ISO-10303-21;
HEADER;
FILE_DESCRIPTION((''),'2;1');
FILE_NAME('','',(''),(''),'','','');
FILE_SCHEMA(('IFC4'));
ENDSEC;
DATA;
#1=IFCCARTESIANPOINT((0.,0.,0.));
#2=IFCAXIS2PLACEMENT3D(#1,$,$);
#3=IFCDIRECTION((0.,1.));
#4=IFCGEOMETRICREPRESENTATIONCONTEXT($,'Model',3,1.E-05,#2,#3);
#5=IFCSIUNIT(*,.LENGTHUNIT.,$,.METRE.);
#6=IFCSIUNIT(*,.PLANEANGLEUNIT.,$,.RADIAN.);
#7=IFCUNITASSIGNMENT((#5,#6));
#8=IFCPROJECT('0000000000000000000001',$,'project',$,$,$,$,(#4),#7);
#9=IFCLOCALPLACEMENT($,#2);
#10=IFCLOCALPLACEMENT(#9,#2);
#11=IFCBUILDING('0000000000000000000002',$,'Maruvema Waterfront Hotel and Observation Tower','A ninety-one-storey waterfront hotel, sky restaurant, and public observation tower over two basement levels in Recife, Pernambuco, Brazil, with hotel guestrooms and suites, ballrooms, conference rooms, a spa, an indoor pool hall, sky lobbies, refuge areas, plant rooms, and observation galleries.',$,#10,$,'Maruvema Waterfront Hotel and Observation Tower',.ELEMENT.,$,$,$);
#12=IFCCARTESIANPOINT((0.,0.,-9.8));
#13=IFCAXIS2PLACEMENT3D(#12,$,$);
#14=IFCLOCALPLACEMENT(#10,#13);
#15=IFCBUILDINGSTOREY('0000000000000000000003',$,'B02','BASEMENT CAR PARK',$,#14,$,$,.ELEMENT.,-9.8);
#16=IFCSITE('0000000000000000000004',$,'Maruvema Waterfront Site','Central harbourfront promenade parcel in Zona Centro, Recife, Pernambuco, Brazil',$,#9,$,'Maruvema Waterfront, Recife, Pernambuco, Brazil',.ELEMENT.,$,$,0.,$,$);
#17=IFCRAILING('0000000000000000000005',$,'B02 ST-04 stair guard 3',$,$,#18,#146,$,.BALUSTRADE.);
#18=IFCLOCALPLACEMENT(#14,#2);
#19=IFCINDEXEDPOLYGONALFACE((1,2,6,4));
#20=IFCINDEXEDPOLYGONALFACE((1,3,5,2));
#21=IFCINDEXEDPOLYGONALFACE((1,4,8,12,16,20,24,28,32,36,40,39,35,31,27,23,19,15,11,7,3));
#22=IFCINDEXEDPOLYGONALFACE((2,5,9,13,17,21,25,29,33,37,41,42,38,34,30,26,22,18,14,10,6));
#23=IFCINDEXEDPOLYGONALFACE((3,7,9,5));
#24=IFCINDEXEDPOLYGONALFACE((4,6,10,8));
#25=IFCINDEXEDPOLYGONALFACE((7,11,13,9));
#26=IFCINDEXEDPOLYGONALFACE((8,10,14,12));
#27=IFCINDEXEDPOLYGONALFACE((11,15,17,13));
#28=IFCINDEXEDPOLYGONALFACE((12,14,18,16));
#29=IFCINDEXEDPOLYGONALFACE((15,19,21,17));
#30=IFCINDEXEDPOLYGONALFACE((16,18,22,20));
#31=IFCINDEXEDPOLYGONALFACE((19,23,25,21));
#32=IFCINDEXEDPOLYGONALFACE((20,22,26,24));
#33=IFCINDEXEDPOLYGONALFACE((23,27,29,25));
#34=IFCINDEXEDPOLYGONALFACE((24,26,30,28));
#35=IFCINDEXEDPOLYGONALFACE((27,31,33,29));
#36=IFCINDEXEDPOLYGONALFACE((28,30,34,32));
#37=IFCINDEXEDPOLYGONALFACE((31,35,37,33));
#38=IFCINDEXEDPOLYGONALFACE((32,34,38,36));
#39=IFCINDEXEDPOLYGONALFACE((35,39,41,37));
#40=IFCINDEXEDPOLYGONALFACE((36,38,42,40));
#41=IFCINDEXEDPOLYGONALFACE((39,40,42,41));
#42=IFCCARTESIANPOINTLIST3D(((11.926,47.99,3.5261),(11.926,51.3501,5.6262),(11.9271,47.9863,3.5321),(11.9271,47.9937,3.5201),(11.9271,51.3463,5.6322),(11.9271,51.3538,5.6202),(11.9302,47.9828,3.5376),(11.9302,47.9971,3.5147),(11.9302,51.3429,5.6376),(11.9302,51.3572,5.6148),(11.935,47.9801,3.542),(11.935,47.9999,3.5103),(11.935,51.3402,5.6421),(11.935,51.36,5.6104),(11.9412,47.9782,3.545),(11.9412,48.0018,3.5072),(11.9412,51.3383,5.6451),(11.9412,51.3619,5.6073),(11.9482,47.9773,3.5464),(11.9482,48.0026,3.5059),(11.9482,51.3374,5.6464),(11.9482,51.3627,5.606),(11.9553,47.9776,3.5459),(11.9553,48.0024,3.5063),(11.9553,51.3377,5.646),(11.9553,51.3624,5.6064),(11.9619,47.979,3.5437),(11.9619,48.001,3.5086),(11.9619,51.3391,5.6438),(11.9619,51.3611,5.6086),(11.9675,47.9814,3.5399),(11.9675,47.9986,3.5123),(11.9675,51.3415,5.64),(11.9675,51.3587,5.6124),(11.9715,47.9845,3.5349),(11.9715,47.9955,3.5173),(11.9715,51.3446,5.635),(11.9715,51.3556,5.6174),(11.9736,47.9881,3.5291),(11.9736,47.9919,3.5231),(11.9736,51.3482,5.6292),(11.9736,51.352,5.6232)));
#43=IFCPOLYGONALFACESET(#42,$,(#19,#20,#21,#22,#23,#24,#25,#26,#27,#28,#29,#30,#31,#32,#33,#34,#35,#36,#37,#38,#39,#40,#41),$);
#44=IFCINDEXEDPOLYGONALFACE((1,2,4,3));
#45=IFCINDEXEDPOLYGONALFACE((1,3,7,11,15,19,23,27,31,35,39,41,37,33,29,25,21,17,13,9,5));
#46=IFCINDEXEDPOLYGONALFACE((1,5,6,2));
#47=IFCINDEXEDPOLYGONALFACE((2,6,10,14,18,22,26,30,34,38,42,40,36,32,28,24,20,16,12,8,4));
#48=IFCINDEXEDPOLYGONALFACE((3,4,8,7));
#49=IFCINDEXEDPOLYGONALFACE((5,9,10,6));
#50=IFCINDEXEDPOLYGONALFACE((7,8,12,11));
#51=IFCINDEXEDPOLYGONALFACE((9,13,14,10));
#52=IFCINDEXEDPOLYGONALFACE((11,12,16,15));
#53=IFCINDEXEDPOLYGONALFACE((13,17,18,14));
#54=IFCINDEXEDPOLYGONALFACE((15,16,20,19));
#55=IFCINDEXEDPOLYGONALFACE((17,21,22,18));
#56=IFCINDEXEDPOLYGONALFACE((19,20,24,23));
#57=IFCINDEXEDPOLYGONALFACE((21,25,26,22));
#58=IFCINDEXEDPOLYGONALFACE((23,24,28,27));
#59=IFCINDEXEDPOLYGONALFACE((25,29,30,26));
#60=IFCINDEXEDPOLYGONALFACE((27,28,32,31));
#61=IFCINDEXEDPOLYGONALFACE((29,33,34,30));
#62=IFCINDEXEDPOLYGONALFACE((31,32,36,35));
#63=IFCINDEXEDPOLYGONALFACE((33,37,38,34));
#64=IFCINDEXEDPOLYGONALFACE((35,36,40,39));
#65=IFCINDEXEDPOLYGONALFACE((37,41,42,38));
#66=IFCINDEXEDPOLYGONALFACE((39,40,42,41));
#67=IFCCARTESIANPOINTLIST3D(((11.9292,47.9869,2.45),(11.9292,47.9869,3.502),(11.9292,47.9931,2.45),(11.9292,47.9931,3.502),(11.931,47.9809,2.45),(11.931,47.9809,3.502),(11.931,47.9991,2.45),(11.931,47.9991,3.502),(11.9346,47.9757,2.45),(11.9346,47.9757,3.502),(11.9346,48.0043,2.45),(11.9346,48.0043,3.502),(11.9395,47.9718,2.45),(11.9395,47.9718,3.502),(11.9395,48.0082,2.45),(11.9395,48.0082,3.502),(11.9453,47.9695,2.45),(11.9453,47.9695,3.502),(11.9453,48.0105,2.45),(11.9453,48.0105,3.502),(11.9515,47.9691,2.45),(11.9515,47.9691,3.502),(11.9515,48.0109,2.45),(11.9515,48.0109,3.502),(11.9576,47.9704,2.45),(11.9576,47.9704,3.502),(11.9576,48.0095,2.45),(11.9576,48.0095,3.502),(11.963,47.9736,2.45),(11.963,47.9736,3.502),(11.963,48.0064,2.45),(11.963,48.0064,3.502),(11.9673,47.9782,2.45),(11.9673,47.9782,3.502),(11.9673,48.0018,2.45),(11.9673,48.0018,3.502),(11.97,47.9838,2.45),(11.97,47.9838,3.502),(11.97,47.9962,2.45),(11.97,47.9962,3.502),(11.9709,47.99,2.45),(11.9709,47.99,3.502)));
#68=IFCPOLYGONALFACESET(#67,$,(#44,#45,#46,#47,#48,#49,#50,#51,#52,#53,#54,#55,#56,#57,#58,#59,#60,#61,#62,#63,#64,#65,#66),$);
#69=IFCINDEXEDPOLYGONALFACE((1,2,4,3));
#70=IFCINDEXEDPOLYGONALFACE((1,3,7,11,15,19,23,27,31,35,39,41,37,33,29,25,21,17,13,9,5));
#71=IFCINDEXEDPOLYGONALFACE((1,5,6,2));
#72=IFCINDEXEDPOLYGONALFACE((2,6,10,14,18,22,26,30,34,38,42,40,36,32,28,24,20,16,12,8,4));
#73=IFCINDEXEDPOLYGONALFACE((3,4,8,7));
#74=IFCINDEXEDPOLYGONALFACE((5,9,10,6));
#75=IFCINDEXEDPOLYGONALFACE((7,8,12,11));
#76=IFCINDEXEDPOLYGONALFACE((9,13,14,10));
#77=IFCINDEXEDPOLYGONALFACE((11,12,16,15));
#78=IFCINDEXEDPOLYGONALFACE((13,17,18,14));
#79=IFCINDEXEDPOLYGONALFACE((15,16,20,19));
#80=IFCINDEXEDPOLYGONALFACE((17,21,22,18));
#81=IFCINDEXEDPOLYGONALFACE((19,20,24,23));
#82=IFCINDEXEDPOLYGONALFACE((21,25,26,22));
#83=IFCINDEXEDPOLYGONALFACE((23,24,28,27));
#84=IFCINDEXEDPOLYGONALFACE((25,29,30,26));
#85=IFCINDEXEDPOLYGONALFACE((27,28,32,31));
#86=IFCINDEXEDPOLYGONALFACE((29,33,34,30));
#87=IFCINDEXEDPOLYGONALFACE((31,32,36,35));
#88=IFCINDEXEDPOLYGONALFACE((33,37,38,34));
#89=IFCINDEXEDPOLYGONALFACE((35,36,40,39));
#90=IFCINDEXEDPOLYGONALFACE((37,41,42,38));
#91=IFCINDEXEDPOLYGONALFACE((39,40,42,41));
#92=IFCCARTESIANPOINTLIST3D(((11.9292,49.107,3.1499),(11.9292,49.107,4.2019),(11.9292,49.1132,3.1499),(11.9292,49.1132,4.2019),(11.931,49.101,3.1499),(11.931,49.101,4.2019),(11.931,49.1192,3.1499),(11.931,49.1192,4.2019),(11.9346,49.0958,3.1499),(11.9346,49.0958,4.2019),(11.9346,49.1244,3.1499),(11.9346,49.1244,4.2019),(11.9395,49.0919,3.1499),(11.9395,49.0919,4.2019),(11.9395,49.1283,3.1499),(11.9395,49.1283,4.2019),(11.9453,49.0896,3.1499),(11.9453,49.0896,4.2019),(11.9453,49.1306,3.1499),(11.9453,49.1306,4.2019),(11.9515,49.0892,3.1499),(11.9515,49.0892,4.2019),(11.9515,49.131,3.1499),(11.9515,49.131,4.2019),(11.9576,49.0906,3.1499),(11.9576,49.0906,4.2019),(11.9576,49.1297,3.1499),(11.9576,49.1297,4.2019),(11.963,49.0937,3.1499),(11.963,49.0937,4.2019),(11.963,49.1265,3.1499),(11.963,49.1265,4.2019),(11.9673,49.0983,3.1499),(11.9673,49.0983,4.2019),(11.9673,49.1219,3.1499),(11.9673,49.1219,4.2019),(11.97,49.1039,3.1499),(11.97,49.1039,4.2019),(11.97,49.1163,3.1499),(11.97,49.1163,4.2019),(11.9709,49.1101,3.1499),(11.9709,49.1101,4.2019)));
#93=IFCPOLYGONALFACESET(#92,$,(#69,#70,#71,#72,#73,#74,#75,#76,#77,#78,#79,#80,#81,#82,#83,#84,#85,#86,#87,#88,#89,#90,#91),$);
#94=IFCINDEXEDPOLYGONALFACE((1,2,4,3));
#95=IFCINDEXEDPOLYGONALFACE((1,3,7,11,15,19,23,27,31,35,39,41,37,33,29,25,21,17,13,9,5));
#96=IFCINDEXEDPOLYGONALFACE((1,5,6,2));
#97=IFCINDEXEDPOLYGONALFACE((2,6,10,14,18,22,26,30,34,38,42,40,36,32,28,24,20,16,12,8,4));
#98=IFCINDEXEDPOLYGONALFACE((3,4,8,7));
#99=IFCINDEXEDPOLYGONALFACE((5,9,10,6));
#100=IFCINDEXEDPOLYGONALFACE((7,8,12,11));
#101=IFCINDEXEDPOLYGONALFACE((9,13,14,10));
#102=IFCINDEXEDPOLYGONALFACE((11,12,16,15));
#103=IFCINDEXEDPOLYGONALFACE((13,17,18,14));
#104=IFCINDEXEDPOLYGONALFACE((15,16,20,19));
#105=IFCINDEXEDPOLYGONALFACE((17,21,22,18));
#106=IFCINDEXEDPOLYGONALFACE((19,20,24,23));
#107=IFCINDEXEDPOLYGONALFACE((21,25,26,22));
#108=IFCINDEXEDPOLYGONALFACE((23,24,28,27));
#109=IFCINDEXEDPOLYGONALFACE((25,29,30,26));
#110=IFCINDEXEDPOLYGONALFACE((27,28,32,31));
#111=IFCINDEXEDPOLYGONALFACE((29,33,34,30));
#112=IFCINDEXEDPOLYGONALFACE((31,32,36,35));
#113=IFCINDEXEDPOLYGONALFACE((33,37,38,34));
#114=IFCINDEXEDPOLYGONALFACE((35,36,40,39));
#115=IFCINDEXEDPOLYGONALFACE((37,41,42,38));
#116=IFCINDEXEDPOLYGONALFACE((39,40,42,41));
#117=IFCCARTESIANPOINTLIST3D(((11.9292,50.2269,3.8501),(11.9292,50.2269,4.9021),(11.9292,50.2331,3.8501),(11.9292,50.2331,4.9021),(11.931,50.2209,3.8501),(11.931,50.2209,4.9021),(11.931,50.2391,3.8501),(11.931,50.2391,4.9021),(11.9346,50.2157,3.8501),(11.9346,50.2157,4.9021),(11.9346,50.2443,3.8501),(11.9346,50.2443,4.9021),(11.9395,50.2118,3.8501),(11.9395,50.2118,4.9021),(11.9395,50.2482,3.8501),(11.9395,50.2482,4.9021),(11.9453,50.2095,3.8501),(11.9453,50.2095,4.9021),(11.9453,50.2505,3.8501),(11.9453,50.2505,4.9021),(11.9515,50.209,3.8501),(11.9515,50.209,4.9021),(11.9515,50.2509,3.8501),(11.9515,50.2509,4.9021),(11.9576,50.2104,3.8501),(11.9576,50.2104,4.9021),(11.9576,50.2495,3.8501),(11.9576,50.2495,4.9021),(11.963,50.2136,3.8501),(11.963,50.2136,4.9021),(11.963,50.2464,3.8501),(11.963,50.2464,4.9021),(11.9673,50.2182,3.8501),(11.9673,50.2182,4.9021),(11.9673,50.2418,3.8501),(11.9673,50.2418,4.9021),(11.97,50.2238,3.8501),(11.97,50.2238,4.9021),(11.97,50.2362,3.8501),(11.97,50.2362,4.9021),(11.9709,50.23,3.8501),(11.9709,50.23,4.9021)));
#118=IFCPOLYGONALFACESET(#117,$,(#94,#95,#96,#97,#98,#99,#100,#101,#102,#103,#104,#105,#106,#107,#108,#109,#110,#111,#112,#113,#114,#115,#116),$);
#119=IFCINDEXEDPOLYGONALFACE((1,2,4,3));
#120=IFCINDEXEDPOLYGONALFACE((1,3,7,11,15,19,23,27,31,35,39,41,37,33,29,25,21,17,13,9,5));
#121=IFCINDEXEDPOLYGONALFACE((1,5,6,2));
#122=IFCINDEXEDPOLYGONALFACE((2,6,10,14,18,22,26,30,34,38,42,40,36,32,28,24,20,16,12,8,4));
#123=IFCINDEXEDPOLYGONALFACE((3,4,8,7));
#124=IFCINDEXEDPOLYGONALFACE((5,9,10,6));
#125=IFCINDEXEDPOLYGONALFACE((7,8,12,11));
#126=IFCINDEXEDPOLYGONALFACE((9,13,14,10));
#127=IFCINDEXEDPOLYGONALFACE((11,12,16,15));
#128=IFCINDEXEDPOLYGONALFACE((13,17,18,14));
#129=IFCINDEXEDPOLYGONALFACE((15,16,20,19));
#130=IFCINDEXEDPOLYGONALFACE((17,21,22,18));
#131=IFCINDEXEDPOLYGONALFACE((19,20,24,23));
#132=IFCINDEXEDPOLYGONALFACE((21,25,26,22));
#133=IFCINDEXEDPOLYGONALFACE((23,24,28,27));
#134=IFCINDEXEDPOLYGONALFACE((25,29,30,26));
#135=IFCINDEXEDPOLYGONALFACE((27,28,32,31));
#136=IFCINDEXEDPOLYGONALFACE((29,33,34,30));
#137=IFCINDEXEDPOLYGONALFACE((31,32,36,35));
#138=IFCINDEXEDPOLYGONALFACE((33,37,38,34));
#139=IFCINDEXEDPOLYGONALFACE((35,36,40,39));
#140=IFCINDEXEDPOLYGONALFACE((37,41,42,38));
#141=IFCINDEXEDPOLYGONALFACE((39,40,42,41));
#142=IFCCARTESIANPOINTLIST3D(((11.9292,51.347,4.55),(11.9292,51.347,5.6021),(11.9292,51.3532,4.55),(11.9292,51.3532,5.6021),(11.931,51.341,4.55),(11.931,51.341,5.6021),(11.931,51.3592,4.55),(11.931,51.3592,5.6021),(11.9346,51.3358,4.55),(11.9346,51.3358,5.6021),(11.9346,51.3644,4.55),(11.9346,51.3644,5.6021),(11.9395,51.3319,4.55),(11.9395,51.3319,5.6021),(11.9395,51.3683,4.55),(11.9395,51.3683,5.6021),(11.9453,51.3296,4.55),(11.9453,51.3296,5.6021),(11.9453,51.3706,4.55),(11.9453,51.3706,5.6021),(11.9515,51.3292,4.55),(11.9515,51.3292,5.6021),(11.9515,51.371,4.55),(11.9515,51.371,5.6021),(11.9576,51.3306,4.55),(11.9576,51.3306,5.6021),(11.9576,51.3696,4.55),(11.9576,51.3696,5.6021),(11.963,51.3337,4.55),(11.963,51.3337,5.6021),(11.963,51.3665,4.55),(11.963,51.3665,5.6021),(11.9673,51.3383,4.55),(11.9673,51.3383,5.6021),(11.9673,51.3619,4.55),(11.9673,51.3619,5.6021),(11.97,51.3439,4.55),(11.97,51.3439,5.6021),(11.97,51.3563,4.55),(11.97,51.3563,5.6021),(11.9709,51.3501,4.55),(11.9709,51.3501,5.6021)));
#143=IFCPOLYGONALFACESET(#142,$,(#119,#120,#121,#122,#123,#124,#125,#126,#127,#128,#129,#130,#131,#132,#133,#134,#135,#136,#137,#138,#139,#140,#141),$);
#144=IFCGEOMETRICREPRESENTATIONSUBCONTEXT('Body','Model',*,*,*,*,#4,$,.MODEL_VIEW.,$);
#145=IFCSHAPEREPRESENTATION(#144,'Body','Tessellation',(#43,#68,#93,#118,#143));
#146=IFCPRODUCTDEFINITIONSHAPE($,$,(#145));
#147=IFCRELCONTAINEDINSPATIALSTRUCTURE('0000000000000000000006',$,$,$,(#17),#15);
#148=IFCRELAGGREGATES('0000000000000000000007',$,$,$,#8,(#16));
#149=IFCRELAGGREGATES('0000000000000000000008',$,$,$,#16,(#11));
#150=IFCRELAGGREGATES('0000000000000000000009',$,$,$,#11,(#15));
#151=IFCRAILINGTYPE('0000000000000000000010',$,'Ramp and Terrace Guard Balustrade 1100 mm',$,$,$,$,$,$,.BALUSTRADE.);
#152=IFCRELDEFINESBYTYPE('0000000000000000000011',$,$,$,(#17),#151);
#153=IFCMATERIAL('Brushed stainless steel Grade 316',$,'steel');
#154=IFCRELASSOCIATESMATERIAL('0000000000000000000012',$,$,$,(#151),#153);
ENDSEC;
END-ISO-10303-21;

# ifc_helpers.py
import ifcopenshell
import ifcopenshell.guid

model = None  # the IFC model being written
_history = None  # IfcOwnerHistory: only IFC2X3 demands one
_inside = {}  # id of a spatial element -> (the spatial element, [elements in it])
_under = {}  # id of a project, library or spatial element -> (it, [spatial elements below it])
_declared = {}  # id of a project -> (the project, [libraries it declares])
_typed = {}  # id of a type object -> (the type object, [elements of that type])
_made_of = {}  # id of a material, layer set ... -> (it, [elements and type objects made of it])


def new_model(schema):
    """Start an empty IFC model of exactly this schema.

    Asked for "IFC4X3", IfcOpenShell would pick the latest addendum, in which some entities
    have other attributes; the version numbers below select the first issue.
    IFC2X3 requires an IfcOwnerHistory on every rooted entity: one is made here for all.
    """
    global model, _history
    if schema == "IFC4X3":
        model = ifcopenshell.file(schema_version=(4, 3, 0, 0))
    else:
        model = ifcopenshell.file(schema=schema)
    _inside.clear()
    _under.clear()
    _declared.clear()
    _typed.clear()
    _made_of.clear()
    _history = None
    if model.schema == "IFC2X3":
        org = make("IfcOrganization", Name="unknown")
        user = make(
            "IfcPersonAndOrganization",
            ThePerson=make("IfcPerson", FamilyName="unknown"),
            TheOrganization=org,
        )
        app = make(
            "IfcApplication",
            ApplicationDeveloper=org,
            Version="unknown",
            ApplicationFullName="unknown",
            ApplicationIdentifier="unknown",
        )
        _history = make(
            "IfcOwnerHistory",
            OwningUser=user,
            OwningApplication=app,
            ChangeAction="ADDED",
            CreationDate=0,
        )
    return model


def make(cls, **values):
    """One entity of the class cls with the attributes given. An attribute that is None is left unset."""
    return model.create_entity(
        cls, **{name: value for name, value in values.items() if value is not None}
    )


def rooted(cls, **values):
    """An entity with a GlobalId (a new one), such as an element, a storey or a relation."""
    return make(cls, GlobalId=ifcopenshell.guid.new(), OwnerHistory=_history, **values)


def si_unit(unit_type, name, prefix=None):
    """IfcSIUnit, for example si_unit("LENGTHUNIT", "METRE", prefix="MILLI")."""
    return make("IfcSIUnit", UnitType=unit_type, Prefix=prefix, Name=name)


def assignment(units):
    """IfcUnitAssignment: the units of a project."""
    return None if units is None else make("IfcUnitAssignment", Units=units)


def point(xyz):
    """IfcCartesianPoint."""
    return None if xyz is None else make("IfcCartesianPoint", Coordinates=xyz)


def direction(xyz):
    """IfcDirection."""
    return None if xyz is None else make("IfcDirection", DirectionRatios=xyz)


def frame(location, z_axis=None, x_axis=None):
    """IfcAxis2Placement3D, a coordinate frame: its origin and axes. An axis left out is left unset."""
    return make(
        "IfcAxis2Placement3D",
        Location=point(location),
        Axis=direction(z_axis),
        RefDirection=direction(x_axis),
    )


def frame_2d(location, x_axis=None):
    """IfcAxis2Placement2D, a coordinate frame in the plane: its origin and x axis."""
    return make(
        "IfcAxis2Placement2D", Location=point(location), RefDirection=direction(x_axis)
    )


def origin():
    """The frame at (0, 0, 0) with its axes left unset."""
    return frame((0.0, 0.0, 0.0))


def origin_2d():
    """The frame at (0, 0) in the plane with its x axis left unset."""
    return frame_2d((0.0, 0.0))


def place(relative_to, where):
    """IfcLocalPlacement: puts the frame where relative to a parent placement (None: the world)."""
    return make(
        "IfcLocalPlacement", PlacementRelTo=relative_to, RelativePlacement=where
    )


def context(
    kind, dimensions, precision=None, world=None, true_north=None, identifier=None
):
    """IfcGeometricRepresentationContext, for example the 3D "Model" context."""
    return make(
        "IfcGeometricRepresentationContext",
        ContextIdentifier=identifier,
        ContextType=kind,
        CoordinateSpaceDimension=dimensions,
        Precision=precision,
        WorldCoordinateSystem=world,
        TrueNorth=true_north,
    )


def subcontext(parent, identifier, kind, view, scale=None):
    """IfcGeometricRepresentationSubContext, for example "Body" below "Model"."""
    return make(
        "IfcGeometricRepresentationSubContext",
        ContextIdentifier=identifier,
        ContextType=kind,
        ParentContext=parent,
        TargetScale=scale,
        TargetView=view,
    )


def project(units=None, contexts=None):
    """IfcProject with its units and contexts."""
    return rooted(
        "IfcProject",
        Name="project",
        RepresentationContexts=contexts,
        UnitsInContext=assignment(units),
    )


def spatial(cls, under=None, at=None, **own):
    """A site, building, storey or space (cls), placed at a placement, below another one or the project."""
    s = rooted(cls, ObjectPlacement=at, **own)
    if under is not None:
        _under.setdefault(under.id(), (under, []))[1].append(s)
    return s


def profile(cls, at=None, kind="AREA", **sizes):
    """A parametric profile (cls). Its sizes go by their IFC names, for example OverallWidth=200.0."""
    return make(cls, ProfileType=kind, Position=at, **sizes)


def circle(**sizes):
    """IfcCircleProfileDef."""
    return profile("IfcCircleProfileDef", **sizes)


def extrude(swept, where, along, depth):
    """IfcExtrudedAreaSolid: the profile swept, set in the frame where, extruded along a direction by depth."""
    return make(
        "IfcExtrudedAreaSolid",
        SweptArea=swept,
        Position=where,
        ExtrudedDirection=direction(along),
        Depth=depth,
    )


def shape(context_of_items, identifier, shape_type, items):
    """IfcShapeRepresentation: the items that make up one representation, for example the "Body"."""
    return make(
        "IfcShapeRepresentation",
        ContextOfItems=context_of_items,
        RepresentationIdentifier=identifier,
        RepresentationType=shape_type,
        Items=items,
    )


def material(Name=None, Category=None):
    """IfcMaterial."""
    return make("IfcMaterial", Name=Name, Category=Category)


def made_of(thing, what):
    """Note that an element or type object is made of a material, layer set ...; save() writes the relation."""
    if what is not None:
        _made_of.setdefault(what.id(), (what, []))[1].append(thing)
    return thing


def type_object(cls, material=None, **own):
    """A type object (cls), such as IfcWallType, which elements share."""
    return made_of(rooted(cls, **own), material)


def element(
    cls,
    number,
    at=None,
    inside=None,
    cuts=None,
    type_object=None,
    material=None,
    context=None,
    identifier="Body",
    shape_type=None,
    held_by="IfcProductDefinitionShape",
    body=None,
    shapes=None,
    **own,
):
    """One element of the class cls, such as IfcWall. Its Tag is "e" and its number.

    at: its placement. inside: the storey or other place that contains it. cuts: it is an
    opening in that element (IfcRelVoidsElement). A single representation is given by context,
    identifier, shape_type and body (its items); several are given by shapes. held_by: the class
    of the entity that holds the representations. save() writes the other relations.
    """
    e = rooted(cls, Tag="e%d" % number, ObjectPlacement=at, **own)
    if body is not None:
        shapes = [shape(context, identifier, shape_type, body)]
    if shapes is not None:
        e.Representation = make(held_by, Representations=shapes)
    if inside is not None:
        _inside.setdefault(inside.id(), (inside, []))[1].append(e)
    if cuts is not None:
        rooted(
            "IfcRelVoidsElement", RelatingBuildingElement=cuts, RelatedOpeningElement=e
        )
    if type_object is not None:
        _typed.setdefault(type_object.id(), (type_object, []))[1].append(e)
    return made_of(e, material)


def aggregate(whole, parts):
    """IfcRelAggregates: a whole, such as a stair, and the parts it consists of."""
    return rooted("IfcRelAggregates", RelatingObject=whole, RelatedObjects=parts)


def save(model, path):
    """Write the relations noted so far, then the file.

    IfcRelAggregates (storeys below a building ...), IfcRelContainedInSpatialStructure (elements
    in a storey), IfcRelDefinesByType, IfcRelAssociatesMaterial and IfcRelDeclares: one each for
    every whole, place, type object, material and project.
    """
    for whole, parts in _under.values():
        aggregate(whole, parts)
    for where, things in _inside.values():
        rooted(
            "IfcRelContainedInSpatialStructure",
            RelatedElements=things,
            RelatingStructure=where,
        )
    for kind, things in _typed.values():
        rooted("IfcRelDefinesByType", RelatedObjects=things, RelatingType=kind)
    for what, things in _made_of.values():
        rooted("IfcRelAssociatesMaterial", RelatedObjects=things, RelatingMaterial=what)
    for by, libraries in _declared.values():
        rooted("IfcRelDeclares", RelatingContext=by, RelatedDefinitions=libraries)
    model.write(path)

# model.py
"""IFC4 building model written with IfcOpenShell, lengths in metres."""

from ifc_helpers import new_model, si_unit, direction, frame, origin, origin_2d, place, context, subcontext, project, spatial, circle, extrude, material, type_object, element, save


model = new_model("IFC4")

# Units and contexts
model_context = context("Model", 3, precision=1e-05, world=origin(), true_north=direction((0.0, 1.0)))
body_context = subcontext(model_context, "Body", "Model", "MODEL_VIEW")
ifc_project = project(units=[si_unit("LENGTHUNIT", "METRE"), si_unit("PLANEANGLEUNIT", "RADIAN")], contexts=[model_context])

# Site, building, storey
site_placement = place(None, origin())
site = spatial("IfcSite", under=ifc_project, at=site_placement, Name="Maruvema Waterfront Site", Description="Central harbourfront promenade parcel in Zona Centro, Recife, Pernambuco, Brazil", LongName="Maruvema Waterfront, Recife, Pernambuco, Brazil", CompositionType="ELEMENT", RefElevation=0.0)
building_placement = place(site_placement, origin())
building = spatial("IfcBuilding", under=site, at=building_placement, Name="Maruvema Waterfront Hotel and Observation Tower", Description="A ninety-one-storey waterfront hotel, sky restaurant, and public observation tower over two basement levels in Recife, Pernambuco, Brazil, with hotel guestrooms and suites, ballrooms, conference rooms, a spa, an indoor pool hall, sky lobbies, refuge areas, plant rooms, and observation galleries.", LongName="Maruvema Waterfront Hotel and Observation Tower", CompositionType="ELEMENT")
storey_placement = place(building_placement, frame((0.0, 0.0, -9.8)))
storey = spatial("IfcBuildingStorey", under=building, at=storey_placement, Name="B02", Description="BASEMENT CAR PARK", CompositionType="ELEMENT", Elevation=-9.8)

# Railing
ifc_material_1 = material(Name="Brushed stainless steel Grade 316", Category="steel")
railing_type_1 = type_object("IfcRailingType", Name="Ramp and Terrace Guard Balustrade 1100 mm", PredefinedType="BALUSTRADE", material=ifc_material_1)
railing_1_placement = place(storey_placement, frame((11.95, 47.99, 2.45)))
element("IfcRailing", 1, at=railing_1_placement, inside=storey, type_object=railing_type_1, Name="B02 ST-04 stair guard 3", PredefinedType="BALUSTRADE", context=body_context, shape_type="SweptSolid", body=[
    extrude(circle(Radius=0.0239, at=origin_2d()), frame((0.0, 0.0, 1.0762), z_axis=(0.0, 0.847995, 0.530004), x_axis=(-1.0, 0.0, 0.0)), (0.0, 0.0, 1.0), 3.9624),
    extrude(circle(Radius=0.021, at=origin_2d()), origin(), (0.0, 0.0, 1.0), 1.052),
    extrude(circle(Radius=0.021, at=origin_2d()), frame((0.0, 1.1201, 0.7)), (0.0, 0.0, 1.0), 1.052),
    extrude(circle(Radius=0.021, at=origin_2d()), frame((0.0, 2.24, 1.4001)), (0.0, 0.0, 1.0), 1.052),
    extrude(circle(Radius=0.021, at=origin_2d()), frame((0.0, 3.3601, 2.1001)), (0.0, 0.0, 1.0), 1.052),
])

save(model, "model.ifc")
